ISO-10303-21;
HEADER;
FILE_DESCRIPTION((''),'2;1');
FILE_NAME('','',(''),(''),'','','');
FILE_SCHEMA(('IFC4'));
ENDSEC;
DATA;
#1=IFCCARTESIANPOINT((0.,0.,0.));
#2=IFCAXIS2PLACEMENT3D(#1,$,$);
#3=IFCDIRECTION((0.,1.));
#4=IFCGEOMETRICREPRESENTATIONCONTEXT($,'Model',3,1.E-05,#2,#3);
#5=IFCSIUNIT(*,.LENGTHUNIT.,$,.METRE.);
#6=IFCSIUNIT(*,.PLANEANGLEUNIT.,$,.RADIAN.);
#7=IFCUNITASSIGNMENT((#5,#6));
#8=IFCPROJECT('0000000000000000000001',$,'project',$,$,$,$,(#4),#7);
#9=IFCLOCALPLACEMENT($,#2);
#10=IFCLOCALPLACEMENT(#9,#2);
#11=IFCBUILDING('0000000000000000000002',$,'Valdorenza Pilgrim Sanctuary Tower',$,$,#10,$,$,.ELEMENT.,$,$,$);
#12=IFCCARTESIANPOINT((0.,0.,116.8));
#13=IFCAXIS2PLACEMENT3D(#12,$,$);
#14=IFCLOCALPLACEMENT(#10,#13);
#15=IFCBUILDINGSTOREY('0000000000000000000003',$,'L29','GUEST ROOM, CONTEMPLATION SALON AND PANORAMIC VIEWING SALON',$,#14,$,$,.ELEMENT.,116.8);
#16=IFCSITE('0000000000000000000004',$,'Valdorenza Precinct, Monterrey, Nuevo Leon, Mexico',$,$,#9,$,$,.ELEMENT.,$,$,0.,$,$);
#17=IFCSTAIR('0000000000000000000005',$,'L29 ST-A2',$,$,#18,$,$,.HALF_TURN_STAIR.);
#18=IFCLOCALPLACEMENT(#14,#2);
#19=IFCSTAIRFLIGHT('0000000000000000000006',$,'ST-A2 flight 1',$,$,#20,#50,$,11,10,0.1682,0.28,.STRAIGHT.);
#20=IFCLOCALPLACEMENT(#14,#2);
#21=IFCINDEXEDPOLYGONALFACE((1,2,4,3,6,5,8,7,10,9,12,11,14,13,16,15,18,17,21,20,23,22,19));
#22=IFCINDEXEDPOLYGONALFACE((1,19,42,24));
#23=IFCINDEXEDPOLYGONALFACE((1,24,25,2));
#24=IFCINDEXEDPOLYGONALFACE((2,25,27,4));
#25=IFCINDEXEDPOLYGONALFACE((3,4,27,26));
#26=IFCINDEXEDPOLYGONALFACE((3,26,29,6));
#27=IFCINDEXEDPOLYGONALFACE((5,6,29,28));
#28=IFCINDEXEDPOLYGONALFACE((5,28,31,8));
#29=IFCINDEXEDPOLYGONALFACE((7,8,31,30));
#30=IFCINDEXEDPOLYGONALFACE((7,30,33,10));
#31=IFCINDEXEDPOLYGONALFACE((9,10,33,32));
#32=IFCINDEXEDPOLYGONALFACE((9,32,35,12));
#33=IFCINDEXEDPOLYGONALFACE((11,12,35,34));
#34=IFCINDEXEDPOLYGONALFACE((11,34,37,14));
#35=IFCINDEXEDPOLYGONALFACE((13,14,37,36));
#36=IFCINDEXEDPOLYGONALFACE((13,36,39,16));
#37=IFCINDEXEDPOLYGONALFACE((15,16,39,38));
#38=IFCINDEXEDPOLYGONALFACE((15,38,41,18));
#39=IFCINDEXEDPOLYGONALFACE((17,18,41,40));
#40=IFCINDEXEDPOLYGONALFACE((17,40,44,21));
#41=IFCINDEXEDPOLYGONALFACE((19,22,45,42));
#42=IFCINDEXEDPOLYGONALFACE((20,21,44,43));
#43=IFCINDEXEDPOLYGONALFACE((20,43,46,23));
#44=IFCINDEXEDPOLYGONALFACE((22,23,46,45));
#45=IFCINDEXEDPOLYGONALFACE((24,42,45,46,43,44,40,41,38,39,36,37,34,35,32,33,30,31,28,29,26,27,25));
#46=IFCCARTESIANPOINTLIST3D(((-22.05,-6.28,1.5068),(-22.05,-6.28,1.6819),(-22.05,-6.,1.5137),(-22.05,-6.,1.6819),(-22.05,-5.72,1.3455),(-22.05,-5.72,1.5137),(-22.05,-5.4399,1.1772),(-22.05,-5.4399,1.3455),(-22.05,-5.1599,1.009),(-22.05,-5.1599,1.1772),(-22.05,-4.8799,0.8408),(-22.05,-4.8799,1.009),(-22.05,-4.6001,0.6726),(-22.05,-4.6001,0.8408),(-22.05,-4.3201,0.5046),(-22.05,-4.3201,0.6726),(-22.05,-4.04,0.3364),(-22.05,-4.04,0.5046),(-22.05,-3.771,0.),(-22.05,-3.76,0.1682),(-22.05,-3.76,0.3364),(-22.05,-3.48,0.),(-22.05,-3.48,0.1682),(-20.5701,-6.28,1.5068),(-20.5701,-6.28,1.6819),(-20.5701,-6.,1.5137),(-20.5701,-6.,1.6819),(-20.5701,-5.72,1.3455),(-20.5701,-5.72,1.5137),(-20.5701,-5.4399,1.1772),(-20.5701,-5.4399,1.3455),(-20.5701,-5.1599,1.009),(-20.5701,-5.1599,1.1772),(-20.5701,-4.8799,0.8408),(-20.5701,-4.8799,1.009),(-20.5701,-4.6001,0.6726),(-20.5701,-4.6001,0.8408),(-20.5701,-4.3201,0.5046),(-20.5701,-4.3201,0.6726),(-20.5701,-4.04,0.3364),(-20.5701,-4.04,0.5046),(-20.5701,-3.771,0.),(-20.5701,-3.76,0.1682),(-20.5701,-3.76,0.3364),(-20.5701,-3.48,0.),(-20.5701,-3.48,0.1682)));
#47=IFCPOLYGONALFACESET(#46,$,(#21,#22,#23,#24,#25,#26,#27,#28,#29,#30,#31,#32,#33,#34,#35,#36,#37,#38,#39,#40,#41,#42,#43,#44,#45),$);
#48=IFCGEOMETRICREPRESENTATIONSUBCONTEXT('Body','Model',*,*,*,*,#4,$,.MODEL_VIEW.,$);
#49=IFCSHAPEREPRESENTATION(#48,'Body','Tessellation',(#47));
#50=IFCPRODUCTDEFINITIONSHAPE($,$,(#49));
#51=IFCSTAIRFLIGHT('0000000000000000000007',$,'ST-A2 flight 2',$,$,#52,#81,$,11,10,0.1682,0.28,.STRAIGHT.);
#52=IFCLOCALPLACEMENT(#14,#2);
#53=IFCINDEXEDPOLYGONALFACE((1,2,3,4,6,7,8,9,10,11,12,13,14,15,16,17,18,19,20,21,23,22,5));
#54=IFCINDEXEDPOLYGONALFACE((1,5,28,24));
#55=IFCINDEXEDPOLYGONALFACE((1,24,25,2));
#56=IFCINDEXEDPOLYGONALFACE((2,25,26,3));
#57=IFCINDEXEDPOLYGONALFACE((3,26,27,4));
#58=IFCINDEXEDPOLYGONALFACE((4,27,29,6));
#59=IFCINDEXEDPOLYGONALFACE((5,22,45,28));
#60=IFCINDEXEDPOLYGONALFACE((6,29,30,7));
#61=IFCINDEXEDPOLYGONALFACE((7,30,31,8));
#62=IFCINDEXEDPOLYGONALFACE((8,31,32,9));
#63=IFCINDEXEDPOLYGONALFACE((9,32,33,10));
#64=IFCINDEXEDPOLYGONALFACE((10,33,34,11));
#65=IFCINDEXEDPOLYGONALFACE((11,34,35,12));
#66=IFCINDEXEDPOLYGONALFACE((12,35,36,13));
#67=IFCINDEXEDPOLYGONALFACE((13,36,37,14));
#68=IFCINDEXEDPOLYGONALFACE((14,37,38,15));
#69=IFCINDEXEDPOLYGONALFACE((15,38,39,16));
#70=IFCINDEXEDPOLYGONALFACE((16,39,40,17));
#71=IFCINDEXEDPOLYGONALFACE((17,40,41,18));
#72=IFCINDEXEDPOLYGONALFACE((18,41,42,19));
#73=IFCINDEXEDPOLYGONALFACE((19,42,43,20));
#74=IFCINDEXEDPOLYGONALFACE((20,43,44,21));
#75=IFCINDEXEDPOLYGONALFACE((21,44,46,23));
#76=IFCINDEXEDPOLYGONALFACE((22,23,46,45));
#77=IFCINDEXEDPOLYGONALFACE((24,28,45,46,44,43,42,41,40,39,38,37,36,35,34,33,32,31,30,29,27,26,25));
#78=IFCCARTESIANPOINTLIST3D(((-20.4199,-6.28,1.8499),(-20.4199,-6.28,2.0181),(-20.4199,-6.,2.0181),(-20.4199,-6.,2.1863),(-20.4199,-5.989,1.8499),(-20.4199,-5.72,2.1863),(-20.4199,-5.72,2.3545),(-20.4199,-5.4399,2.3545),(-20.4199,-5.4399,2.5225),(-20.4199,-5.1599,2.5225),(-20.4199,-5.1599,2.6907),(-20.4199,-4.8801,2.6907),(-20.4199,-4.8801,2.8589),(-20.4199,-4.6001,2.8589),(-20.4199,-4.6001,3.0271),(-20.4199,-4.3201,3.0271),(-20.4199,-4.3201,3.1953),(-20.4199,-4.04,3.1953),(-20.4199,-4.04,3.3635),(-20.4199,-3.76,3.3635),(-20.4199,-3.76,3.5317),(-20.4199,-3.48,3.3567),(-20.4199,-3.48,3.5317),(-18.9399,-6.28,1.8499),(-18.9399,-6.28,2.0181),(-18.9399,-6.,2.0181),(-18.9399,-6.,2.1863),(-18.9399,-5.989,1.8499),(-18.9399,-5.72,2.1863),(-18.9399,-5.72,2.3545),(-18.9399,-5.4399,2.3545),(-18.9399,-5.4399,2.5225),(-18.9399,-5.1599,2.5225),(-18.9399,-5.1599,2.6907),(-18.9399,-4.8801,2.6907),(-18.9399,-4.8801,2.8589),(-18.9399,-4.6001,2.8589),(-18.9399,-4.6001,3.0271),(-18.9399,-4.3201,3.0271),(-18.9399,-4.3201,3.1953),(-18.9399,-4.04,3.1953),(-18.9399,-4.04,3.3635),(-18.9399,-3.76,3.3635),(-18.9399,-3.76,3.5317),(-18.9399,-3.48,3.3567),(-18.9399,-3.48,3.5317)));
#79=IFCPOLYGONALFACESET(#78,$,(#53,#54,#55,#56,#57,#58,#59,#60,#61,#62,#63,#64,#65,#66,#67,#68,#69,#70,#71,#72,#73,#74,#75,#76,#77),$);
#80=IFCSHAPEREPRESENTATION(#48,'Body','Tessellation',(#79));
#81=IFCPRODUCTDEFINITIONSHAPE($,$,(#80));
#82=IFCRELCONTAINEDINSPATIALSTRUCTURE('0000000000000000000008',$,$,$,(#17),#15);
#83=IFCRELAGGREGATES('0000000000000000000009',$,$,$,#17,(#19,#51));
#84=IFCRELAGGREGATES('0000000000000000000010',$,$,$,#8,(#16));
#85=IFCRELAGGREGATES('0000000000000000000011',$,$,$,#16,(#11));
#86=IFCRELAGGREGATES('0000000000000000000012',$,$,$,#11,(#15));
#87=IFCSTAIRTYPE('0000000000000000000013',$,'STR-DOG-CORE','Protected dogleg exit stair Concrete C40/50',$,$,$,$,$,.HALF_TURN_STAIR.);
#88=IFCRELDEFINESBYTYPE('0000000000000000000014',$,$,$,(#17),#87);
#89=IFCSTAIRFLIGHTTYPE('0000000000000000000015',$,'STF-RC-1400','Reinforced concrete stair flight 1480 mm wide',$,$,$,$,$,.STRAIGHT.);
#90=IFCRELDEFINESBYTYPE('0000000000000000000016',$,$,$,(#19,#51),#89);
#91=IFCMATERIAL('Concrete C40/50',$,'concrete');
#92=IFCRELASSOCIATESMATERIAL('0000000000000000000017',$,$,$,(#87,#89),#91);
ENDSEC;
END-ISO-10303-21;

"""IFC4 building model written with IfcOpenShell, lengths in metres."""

from ifc_helpers import new_model, si_unit, direction, frame, origin, place, context, subcontext, project, spatial, polyline, outline, extrude, material, type_object, element, aggregate, save


model = new_model("IFC4")

# Units and contexts
model_context = context("Model", 3, precision=1e-05, world=origin(), true_north=direction((0.0, 1.0)))
body_context = subcontext(model_context, "Body", "Model", "MODEL_VIEW")
ifc_project = project(units=[si_unit("LENGTHUNIT", "METRE"), si_unit("PLANEANGLEUNIT", "RADIAN")], contexts=[model_context])

# Site, building, storey
site_placement = place(None, origin())
site = spatial("IfcSite", under=ifc_project, at=site_placement, Name="Valdorenza Precinct, Monterrey, Nuevo Leon, Mexico", CompositionType="ELEMENT", RefElevation=0.0)
building_placement = place(site_placement, origin())
building = spatial("IfcBuilding", under=site, at=building_placement, Name="Valdorenza Pilgrim Sanctuary Tower", CompositionType="ELEMENT")
storey_placement = place(building_placement, frame((0.0, 0.0, 116.8)))
storey = spatial("IfcBuildingStorey", under=building, at=storey_placement, Name="L29", Description="GUEST ROOM, CONTEMPLATION SALON AND PANORAMIC VIEWING SALON", CompositionType="ELEMENT", Elevation=116.8)

# Shared definitions
ifc_material_1 = material(Name="Concrete C40/50", Category="concrete")

# Stair, stair flights
stair_type = type_object("IfcStairType", Name="STR-DOG-CORE", Description="Protected dogleg exit stair Concrete C40/50", PredefinedType="HALF_TURN_STAIR", material=ifc_material_1)
stair_placement = place(storey_placement, origin())
stair = element("IfcStair", 1, at=stair_placement, inside=storey, type_object=stair_type, Name="L29 ST-A2", PredefinedType="HALF_TURN_STAIR")
stair_flight_type = type_object("IfcStairFlightType", Name="STF-RC-1400", Description="Reinforced concrete stair flight 1480 mm wide", PredefinedType="STRAIGHT", material=ifc_material_1)
stair_flight_1_placement = place(storey_placement, frame((-21.3101, -3.48, 0.0), z_axis=(0.0, 0.0, 1.0), x_axis=(0.0, -1.0, 0.0)))
stair_flight_1 = element("IfcStairFlight", 2, at=stair_flight_1_placement, type_object=stair_flight_type, Name="ST-A2 flight 1", NumberOfRisers=11, NumberOfTreads=10, PredefinedType="STRAIGHT", RiserHeight=0.1682, TreadLength=0.28, context=body_context, shape_type="SweptSolid", body=[
    extrude(outline(polyline([(0.0, 0.0), (0.0, 0.1682), (0.28, 0.1682), (0.28, 0.3364), (0.5601, 0.3364), (0.5601, 0.5046), (0.8401, 0.5046), (0.8401, 0.6726), (1.1201, 0.6726), (1.1201, 0.8408), (1.3999, 0.8408), (1.3999, 1.009), (1.6799, 1.009), (1.6799, 1.1772), (1.96, 1.1772), (1.96, 1.3455), (2.24, 1.3455), (2.24, 1.5137), (2.52, 1.5137), (2.52, 1.6819), (2.8, 1.6819), (2.8, 1.8501), (2.8, 1.5068), (0.291, 0.0), (0.0, 0.0)])), frame((0.0, 0.74, 0.0), z_axis=(0.0, -1.0, 0.0), x_axis=(1.0, 0.0, 0.0)), (0.0, 0.0, 1.0), 1.48),
])
stair_flight_2_placement = place(storey_placement, frame((-19.6799, -6.28, 1.8499), z_axis=(0.0, 0.0, 1.0), x_axis=(0.0, 1.0, 0.0)))
stair_flight_2 = element("IfcStairFlight", 3, at=stair_flight_2_placement, type_object=stair_flight_type, Name="ST-A2 flight 2", NumberOfRisers=11, NumberOfTreads=10, PredefinedType="STRAIGHT", RiserHeight=0.1682, TreadLength=0.28, context=body_context, shape_type="SweptSolid", body=[
    extrude(outline(polyline([(0.0, 0.0), (0.0, 0.1682), (0.28, 0.1682), (0.28, 0.3364), (0.5601, 0.3364), (0.5601, 0.5046), (0.8401, 0.5046), (0.8401, 0.6726), (1.1201, 0.6726), (1.1201, 0.8408), (1.3999, 0.8408), (1.3999, 1.009), (1.6799, 1.009), (1.6799, 1.1772), (1.96, 1.1772), (1.96, 1.3455), (2.24, 1.3455), (2.24, 1.5137), (2.52, 1.5137), (2.52, 1.6819), (2.8, 1.6819), (2.8, 1.8501), (2.8, 1.5068), (0.291, 0.0), (0.0, 0.0)])), frame((0.0, 0.74, 0.0), z_axis=(0.0, -1.0, 0.0), x_axis=(1.0, 0.0, 0.0)), (0.0, 0.0, 1.0), 1.48),
])
aggregate(stair, [stair_flight_1, stair_flight_2])

save(model, "model.ifc")
